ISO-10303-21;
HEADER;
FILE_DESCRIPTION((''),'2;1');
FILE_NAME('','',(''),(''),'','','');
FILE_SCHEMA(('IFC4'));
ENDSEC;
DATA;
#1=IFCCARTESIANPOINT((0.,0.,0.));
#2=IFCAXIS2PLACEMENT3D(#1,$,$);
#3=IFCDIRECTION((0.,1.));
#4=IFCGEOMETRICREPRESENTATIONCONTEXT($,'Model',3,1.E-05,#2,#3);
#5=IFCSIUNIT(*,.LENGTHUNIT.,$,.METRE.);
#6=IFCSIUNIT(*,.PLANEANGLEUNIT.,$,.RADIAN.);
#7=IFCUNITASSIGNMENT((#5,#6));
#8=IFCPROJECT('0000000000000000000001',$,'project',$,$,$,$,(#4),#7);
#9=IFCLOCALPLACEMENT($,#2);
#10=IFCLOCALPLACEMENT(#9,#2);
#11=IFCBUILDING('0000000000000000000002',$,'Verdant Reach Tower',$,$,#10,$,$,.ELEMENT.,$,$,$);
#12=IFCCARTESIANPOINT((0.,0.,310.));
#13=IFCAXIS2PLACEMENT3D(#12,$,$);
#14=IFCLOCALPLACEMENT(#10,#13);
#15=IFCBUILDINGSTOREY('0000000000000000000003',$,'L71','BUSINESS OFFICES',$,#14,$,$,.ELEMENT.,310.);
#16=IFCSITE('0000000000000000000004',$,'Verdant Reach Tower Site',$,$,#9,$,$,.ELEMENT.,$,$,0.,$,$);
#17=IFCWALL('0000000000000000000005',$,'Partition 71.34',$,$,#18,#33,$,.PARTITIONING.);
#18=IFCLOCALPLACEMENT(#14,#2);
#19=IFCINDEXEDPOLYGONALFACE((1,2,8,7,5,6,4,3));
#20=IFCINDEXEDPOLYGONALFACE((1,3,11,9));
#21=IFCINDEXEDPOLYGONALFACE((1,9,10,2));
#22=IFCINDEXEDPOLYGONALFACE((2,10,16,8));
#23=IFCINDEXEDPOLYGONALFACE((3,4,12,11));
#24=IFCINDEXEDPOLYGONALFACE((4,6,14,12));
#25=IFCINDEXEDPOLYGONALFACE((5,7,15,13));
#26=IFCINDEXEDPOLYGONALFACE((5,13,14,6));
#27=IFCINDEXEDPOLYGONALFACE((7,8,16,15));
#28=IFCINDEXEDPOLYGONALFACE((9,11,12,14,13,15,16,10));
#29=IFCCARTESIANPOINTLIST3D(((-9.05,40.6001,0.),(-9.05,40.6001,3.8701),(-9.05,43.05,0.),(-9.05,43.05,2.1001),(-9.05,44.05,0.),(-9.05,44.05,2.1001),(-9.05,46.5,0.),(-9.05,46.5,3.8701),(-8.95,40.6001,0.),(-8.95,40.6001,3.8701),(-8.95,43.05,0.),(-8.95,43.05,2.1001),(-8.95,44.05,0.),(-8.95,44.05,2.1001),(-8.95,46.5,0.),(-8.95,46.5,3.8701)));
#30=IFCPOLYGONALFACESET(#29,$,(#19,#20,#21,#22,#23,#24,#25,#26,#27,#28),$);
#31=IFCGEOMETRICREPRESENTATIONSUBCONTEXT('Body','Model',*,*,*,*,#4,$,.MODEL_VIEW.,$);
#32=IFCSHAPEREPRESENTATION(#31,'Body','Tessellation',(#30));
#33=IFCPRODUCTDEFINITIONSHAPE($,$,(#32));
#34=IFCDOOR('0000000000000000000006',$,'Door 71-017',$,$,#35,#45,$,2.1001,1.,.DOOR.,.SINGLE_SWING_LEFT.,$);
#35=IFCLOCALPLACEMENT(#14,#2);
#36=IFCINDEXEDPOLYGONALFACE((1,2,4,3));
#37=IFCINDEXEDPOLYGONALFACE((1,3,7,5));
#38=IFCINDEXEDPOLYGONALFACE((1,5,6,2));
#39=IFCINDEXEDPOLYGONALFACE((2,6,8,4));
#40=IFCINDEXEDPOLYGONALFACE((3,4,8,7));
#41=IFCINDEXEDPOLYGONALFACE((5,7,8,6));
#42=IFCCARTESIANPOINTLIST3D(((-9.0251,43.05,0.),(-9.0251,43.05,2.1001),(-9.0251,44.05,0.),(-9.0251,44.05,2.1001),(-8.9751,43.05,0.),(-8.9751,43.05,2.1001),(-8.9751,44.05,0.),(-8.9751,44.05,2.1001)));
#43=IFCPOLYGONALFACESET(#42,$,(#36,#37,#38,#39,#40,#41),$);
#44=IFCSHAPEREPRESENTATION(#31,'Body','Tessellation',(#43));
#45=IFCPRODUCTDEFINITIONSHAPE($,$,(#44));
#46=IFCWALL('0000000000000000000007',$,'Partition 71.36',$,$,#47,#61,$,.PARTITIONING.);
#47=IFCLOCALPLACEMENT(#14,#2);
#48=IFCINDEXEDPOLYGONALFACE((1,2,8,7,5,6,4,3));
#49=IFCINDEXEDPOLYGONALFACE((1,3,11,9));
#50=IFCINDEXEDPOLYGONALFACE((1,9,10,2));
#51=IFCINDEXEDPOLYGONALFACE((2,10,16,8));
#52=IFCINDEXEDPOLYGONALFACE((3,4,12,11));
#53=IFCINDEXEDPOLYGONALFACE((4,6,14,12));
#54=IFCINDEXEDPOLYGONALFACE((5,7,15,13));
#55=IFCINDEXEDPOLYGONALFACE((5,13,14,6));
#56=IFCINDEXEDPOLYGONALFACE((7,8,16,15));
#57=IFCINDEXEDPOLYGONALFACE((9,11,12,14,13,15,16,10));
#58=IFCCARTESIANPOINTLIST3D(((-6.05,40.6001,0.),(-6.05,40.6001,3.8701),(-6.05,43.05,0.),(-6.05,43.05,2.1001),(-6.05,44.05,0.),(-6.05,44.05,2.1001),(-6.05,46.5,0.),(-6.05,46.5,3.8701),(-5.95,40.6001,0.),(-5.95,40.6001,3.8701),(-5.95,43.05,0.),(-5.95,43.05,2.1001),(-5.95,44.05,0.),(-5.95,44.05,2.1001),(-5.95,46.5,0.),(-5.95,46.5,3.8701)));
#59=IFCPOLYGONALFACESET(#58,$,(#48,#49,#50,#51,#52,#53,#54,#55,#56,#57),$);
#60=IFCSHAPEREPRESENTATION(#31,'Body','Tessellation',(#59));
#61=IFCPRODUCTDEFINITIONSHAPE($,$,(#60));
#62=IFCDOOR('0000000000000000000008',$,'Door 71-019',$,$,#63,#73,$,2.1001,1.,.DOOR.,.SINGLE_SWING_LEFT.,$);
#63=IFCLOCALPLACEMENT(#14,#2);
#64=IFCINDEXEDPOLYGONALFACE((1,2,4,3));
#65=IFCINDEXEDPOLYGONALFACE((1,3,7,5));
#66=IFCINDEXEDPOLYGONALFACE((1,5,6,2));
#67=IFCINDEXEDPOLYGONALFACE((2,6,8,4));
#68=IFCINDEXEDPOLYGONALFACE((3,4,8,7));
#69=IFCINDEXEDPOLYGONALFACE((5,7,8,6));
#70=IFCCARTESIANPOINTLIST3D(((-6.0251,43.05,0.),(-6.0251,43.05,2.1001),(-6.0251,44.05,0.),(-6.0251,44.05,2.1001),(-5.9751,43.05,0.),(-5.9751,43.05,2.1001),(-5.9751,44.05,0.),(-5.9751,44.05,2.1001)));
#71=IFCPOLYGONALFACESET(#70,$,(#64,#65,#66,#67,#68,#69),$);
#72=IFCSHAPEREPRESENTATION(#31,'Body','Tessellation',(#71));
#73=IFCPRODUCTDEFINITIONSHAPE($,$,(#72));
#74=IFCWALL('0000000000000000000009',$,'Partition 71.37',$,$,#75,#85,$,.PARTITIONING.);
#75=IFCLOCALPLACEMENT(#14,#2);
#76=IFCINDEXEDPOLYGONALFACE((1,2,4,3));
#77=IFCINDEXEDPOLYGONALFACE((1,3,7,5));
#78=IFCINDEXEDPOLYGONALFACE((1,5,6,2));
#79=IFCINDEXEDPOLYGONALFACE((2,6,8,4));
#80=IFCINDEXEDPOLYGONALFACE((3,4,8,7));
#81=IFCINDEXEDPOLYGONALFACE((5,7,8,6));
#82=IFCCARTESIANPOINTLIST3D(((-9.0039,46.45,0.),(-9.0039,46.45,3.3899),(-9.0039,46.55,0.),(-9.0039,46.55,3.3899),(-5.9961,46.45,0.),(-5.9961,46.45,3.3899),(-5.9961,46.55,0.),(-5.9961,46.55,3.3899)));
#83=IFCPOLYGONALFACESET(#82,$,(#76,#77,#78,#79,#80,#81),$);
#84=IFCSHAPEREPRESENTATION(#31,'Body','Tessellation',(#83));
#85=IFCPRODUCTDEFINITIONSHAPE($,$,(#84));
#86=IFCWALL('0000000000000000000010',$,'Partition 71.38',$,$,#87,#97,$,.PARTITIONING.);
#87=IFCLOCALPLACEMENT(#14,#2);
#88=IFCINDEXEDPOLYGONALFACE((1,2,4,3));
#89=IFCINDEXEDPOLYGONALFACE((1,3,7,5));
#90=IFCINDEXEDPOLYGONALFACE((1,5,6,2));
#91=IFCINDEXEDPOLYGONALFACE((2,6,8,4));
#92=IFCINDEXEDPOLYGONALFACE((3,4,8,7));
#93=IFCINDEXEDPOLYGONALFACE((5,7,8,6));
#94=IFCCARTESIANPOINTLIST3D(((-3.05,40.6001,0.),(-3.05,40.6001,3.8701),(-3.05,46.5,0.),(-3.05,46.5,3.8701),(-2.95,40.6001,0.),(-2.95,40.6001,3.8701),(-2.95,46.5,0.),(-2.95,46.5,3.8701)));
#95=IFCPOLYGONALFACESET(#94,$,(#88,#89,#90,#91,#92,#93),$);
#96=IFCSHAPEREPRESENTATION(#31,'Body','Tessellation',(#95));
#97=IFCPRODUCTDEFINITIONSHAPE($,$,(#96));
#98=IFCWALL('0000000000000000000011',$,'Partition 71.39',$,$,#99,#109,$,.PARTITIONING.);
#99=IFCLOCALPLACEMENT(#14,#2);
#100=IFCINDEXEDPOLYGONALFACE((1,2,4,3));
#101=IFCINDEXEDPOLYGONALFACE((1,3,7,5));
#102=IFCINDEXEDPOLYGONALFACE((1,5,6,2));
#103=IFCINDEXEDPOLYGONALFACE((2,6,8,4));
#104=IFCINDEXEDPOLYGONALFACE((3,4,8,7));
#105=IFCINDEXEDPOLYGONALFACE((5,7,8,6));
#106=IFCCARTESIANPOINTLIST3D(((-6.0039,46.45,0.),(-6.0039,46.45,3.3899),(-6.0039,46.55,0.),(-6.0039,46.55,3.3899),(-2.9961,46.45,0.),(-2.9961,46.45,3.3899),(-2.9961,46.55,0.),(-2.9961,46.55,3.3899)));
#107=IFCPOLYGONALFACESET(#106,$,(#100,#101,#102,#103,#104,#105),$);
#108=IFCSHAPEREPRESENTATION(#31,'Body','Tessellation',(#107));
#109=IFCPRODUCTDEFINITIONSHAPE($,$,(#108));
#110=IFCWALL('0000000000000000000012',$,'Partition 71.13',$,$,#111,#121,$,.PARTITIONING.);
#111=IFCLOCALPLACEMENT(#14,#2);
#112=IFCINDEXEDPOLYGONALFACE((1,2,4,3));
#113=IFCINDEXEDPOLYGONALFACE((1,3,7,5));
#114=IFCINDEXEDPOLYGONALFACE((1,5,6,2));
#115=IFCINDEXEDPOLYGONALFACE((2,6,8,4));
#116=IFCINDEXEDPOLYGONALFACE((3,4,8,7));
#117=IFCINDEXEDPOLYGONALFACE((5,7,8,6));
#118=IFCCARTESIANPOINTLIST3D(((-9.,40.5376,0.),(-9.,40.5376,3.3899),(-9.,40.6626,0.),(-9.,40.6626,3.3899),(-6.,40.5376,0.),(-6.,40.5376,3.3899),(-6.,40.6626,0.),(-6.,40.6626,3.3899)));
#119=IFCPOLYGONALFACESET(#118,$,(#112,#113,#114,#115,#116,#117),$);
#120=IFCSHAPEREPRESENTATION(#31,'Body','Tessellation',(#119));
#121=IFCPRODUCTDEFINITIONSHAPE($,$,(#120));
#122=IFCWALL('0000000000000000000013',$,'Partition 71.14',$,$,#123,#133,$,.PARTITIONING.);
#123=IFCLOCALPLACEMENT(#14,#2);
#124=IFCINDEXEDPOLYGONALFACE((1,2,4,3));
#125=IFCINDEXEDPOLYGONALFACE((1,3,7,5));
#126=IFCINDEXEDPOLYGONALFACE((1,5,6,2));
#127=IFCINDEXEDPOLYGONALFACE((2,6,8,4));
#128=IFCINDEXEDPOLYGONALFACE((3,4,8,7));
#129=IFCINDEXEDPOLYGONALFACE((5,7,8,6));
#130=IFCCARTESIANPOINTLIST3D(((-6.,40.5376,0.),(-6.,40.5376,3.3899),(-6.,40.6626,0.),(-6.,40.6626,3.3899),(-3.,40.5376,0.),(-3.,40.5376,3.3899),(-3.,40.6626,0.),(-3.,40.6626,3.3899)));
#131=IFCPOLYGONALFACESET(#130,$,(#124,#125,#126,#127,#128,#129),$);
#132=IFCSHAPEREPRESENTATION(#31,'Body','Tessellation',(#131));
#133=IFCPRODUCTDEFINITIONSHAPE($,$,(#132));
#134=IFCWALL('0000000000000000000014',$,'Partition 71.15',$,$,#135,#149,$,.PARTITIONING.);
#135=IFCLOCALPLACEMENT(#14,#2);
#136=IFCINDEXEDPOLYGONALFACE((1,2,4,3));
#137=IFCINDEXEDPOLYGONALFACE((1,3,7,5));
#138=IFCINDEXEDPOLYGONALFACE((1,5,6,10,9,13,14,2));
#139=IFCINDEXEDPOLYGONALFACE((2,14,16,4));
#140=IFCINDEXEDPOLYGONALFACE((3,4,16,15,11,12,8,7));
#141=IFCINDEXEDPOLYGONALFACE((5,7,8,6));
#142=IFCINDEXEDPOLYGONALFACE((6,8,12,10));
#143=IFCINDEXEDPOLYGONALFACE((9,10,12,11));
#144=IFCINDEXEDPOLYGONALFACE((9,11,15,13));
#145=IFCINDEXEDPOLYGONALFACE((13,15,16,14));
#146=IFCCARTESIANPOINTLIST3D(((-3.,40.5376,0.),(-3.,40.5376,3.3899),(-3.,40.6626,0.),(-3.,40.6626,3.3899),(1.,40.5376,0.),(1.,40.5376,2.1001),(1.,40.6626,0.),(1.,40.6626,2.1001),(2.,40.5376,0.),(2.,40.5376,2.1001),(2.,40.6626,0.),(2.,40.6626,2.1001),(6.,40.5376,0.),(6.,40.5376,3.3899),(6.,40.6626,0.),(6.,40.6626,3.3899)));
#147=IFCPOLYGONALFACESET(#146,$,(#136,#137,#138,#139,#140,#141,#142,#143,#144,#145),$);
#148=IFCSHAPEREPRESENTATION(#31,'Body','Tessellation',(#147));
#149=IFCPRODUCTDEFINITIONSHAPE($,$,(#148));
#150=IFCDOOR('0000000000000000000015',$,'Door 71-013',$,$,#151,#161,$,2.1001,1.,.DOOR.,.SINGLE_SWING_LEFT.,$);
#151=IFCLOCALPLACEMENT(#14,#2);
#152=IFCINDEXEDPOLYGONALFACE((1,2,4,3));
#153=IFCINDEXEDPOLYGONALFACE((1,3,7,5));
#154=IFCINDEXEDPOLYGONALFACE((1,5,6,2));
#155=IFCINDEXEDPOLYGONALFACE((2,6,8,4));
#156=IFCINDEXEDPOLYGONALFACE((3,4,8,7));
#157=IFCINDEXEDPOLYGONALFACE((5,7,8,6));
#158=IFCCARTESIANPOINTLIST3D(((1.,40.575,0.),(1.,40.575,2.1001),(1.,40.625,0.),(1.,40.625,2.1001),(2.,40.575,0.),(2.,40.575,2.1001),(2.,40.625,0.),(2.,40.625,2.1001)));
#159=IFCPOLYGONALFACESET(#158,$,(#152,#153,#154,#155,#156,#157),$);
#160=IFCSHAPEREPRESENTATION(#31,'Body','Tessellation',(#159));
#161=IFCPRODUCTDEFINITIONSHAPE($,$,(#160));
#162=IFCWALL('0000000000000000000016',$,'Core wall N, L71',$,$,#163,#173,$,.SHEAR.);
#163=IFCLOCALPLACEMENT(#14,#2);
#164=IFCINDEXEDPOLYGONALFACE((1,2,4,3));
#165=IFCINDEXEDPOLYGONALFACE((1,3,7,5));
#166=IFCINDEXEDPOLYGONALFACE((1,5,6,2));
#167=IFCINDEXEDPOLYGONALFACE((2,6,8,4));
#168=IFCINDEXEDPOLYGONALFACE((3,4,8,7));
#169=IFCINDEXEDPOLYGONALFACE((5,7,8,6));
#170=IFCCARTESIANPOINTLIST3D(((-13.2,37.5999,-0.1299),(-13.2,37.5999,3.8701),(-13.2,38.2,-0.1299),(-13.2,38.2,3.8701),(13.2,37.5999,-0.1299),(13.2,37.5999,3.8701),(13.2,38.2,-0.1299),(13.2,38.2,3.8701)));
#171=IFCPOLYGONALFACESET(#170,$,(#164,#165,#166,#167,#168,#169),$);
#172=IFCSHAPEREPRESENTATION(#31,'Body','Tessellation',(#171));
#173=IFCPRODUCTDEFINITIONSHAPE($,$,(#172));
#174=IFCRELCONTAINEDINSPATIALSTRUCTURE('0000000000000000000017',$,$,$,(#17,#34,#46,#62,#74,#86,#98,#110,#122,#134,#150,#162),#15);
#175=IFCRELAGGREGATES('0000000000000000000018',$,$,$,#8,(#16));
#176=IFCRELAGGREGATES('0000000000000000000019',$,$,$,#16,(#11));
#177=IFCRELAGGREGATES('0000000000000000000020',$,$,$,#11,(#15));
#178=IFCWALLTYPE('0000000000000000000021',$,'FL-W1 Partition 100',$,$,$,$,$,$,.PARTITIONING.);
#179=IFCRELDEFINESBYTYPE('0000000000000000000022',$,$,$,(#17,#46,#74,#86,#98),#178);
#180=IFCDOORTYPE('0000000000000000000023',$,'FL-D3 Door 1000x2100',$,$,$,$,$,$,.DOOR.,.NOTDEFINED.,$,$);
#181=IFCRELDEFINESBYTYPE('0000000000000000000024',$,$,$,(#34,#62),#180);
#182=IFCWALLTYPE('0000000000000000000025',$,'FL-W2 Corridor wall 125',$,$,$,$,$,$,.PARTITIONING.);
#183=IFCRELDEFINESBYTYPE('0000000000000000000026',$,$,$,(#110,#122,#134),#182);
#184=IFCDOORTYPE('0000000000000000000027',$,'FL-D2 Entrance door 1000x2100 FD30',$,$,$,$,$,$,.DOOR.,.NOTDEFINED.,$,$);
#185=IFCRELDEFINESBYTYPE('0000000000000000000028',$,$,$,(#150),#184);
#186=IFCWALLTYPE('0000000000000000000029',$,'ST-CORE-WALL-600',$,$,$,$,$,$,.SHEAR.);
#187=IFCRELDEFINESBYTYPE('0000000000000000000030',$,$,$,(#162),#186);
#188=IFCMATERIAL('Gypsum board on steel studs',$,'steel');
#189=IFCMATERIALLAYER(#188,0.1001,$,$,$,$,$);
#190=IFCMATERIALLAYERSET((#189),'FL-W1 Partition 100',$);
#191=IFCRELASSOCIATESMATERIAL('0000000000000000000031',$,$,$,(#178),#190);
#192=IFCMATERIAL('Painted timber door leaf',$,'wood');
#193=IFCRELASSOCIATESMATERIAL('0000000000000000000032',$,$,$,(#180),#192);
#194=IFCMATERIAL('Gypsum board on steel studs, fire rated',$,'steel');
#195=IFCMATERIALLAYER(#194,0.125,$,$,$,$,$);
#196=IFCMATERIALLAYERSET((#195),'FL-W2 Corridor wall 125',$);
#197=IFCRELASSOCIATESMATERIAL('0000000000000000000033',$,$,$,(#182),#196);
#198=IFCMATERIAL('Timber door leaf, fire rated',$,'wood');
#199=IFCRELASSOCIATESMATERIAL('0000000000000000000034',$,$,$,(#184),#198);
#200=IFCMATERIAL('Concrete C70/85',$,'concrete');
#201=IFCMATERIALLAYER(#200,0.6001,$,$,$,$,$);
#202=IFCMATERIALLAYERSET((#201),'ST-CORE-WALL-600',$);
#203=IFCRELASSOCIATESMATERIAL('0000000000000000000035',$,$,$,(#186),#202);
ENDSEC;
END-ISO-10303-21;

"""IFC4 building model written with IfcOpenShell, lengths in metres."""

from ifc_helpers import new_model, si_unit, direction, frame, frame_2d, origin, place, context, subcontext, project, spatial, rectangle, extrude, material, layer, layer_set, type_object, element, fill, save


model = new_model("IFC4")

# Units and contexts
model_context = context("Model", 3, precision=1e-05, world=origin(), true_north=direction((0.0, 1.0)))
body_context = subcontext(model_context, "Body", "Model", "MODEL_VIEW")
ifc_project = project(units=[si_unit("LENGTHUNIT", "METRE"), si_unit("PLANEANGLEUNIT", "RADIAN")], contexts=[model_context])

# Site, building, storey
site_placement = place(None, origin())
site = spatial("IfcSite", under=ifc_project, at=site_placement, Name="Verdant Reach Tower Site", CompositionType="ELEMENT", RefElevation=0.0)
building_placement = place(site_placement, origin())
building = spatial("IfcBuilding", under=site, at=building_placement, Name="Verdant Reach Tower", CompositionType="ELEMENT")
storey_placement = place(building_placement, frame((0.0, 0.0, 310.0)))
storey = spatial("IfcBuildingStorey", under=building, at=storey_placement, Name="L71", Description="BUSINESS OFFICES", CompositionType="ELEMENT", Elevation=310.0)

# Walls, openings, doors
ifc_material_1 = material(Name="Gypsum board on steel studs", Category="steel")
ifc_layer_1 = layer(ifc_material_1, 0.1001)
ifc_layer_set_1 = layer_set([ifc_layer_1], Name="FL-W1 Partition 100")
wall_type_1 = type_object("IfcWallType", Name="FL-W1 Partition 100", PredefinedType="PARTITIONING", material=ifc_layer_set_1)
wall_1_placement = place(storey_placement, frame((-9.0, 46.5, 0.0), z_axis=(0.0, 0.0, 1.0), x_axis=(0.0, -1.0, 0.0)))
wall_1 = element("IfcWall", 1, at=wall_1_placement, inside=storey, type_object=wall_type_1, Name="Partition 71.34", PredefinedType="PARTITIONING", context=body_context, shape_type="SweptSolid", body=[
    extrude(rectangle(XDim=5.8999, YDim=0.1001, at=frame_2d((2.95, 0.0))), origin(), (0.0, 0.0, 1.0), 3.8701),
])
opening_1_placement = place(wall_1_placement, frame((2.45, 0.0, 0.0)))
opening_1 = element("IfcOpeningElement", 2, at=opening_1_placement, cuts=wall_1, PredefinedType="OPENING", context=body_context, shape_type="SweptSolid", body=[
    extrude(rectangle(XDim=1.0, YDim=2.1001, at=frame_2d((0.5, 1.05))), frame((0.0, 0.0601, 0.0), z_axis=(0.0, -1.0, 0.0), x_axis=(1.0, 0.0, 0.0)), (0.0, 0.0, 1.0), 0.1201),
])
ifc_material_2 = material(Name="Painted timber door leaf", Category="wood")
door_type_1 = type_object("IfcDoorType", Name="FL-D3 Door 1000x2100", OperationType="NOTDEFINED", PredefinedType="DOOR", material=ifc_material_2)
door_1_placement = place(opening_1_placement, origin())
door_1 = element("IfcDoor", 3, at=door_1_placement, inside=storey, type_object=door_type_1, Name="Door 71-017", OperationType="SINGLE_SWING_LEFT", OverallHeight=2.1001, OverallWidth=1.0, PredefinedType="DOOR", context=body_context, shape_type="SweptSolid", body=[
    extrude(rectangle(XDim=1.0, YDim=2.1001, at=frame_2d((0.5, 1.05))), frame((0.0, 0.0249, 0.0), z_axis=(0.0, -1.0, 0.0), x_axis=(1.0, 0.0, 0.0)), (0.0, 0.0, 1.0), 0.05),
])
fill(opening_1, door_1)
wall_2_placement = place(storey_placement, frame((-6.0, 46.5, 0.0), z_axis=(0.0, 0.0, 1.0), x_axis=(0.0, -1.0, 0.0)))
wall_2 = element("IfcWall", 4, at=wall_2_placement, inside=storey, type_object=wall_type_1, Name="Partition 71.36", PredefinedType="PARTITIONING", context=body_context, shape_type="SweptSolid", body=[
    extrude(rectangle(XDim=5.8999, YDim=0.1001, at=frame_2d((2.95, 0.0))), origin(), (0.0, 0.0, 1.0), 3.8701),
])
opening_2_placement = place(wall_2_placement, frame((2.45, 0.0, 0.0)))
opening_2 = element("IfcOpeningElement", 5, at=opening_2_placement, cuts=wall_2, PredefinedType="OPENING", context=body_context, shape_type="SweptSolid", body=[
    extrude(rectangle(XDim=1.0, YDim=2.1001, at=frame_2d((0.5, 1.05))), frame((0.0, 0.0601, 0.0), z_axis=(0.0, -1.0, 0.0), x_axis=(1.0, 0.0, 0.0)), (0.0, 0.0, 1.0), 0.1201),
])
door_2_placement = place(opening_2_placement, origin())
door_2 = element("IfcDoor", 6, at=door_2_placement, inside=storey, type_object=door_type_1, Name="Door 71-019", OperationType="SINGLE_SWING_LEFT", OverallHeight=2.1001, OverallWidth=1.0, PredefinedType="DOOR", context=body_context, shape_type="SweptSolid", body=[
    extrude(rectangle(XDim=1.0, YDim=2.1001, at=frame_2d((0.5, 1.05))), frame((0.0, 0.0249, 0.0), z_axis=(0.0, -1.0, 0.0), x_axis=(1.0, 0.0, 0.0)), (0.0, 0.0, 1.0), 0.05),
])
fill(opening_2, door_2)

# Walls
wall_3_placement = place(storey_placement, frame((-5.9961, 46.5, 0.0), z_axis=(0.0, 0.0, 1.0), x_axis=(-1.0, 0.0, 0.0)))
element("IfcWall", 7, at=wall_3_placement, inside=storey, type_object=wall_type_1, Name="Partition 71.37", PredefinedType="PARTITIONING", context=body_context, shape_type="SweptSolid", body=[
    extrude(rectangle(XDim=3.0078, YDim=0.1001, at=frame_2d((1.5039, 0.0))), origin(), (0.0, 0.0, 1.0), 3.3899),
])
wall_4_placement = place(storey_placement, frame((-3.0, 40.6001, 0.0), z_axis=(0.0, 0.0, 1.0), x_axis=(0.0, 1.0, 0.0)))
element("IfcWall", 8, at=wall_4_placement, inside=storey, type_object=wall_type_1, Name="Partition 71.38", PredefinedType="PARTITIONING", context=body_context, shape_type="SweptSolid", body=[
    extrude(rectangle(XDim=5.8999, YDim=0.1001, at=frame_2d((2.95, 0.0))), origin(), (0.0, 0.0, 1.0), 3.8701),
])
wall_5_placement = place(storey_placement, frame((-2.9961, 46.5, 0.0), z_axis=(0.0, 0.0, 1.0), x_axis=(-1.0, 0.0, 0.0)))
element("IfcWall", 9, at=wall_5_placement, inside=storey, type_object=wall_type_1, Name="Partition 71.39", PredefinedType="PARTITIONING", context=body_context, shape_type="SweptSolid", body=[
    extrude(rectangle(XDim=3.0078, YDim=0.1001, at=frame_2d((1.5039, 0.0))), origin(), (0.0, 0.0, 1.0), 3.3899),
])
ifc_material_3 = material(Name="Gypsum board on steel studs, fire rated", Category="steel")
ifc_layer_2 = layer(ifc_material_3, 0.125)
ifc_layer_set_2 = layer_set([ifc_layer_2], Name="FL-W2 Corridor wall 125")
wall_type_2 = type_object("IfcWallType", Name="FL-W2 Corridor wall 125", PredefinedType="PARTITIONING", material=ifc_layer_set_2)
for number, where, z_axis, x_axis, name in (
    (10, (-6.0, 40.6001, 0.0), (0.0, 0.0, 1.0), (-1.0, 0.0, 0.0), "Partition 71.13"),
    (11, (-3.0, 40.6001, 0.0), (0.0, 0.0, 1.0), (-1.0, 0.0, 0.0), "Partition 71.14"),
):
    element("IfcWall", number, at=place(storey_placement, frame(where, z_axis=z_axis, x_axis=x_axis)), inside=storey, type_object=wall_type_2, Name=name, PredefinedType="PARTITIONING", context=body_context, shape_type="SweptSolid", body=[
        extrude(rectangle(XDim=3.0, YDim=0.125, at=frame_2d((1.5, 0.0))), origin(), (0.0, 0.0, 1.0), 3.3899),
    ])

# Wall, opening, door
wall_6_placement = place(storey_placement, frame((-3.0, 40.6001, 0.0), z_axis=(0.0, 0.0, 1.0), x_axis=(1.0, 0.0, 0.0)))
wall_6 = element("IfcWall", 12, at=wall_6_placement, inside=storey, type_object=wall_type_2, Name="Partition 71.15", PredefinedType="PARTITIONING", context=body_context, shape_type="SweptSolid", body=[
    extrude(rectangle(XDim=9.0, YDim=0.125, at=frame_2d((4.5, 0.0))), origin(), (0.0, 0.0, 1.0), 3.3899),
])
opening_3_placement = place(wall_6_placement, frame((4.0, 0.0, 0.0)))
opening_3 = element("IfcOpeningElement", 13, at=opening_3_placement, cuts=wall_6, PredefinedType="OPENING", context=body_context, shape_type="SweptSolid", body=[
    extrude(rectangle(XDim=1.0, YDim=2.1001, at=frame_2d((0.5, 1.05))), frame((0.0, 0.0725, 0.0), z_axis=(0.0, -1.0, 0.0), x_axis=(1.0, 0.0, 0.0)), (0.0, 0.0, 1.0), 0.145),
])
ifc_material_4 = material(Name="Timber door leaf, fire rated", Category="wood")
door_type_2 = type_object("IfcDoorType", Name="FL-D2 Entrance door 1000x2100 FD30", OperationType="NOTDEFINED", PredefinedType="DOOR", material=ifc_material_4)
door_3_placement = place(opening_3_placement, origin())
door_3 = element("IfcDoor", 14, at=door_3_placement, inside=storey, type_object=door_type_2, Name="Door 71-013", OperationType="SINGLE_SWING_LEFT", OverallHeight=2.1001, OverallWidth=1.0, PredefinedType="DOOR", context=body_context, shape_type="SweptSolid", body=[
    extrude(rectangle(XDim=1.0, YDim=2.1001, at=frame_2d((0.5, 1.05))), frame((0.0, 0.0249, 0.0), z_axis=(0.0, -1.0, 0.0), x_axis=(1.0, 0.0, 0.0)), (0.0, 0.0, 1.0), 0.05),
])
fill(opening_3, door_3)

# Wall
ifc_material_5 = material(Name="Concrete C70/85", Category="concrete")
ifc_layer_3 = layer(ifc_material_5, 0.6001)
ifc_layer_set_3 = layer_set([ifc_layer_3], Name="ST-CORE-WALL-600")
wall_type_3 = type_object("IfcWallType", Name="ST-CORE-WALL-600", PredefinedType="SHEAR", material=ifc_layer_set_3)
wall_7_placement = place(storey_placement, frame((-13.2, 37.8999, -0.1299), z_axis=(0.0, 0.0, 1.0), x_axis=(1.0, 0.0, 0.0)))
element("IfcWall", 15, at=wall_7_placement, inside=storey, type_object=wall_type_3, Name="Core wall N, L71", PredefinedType="SHEAR", context=body_context, shape_type="SweptSolid", body=[
    extrude(rectangle(XDim=26.3999, YDim=0.6001, at=frame_2d((13.2, 0.0))), origin(), (0.0, 0.0, 1.0), 4.0),
])

save(model, "model.ifc")
